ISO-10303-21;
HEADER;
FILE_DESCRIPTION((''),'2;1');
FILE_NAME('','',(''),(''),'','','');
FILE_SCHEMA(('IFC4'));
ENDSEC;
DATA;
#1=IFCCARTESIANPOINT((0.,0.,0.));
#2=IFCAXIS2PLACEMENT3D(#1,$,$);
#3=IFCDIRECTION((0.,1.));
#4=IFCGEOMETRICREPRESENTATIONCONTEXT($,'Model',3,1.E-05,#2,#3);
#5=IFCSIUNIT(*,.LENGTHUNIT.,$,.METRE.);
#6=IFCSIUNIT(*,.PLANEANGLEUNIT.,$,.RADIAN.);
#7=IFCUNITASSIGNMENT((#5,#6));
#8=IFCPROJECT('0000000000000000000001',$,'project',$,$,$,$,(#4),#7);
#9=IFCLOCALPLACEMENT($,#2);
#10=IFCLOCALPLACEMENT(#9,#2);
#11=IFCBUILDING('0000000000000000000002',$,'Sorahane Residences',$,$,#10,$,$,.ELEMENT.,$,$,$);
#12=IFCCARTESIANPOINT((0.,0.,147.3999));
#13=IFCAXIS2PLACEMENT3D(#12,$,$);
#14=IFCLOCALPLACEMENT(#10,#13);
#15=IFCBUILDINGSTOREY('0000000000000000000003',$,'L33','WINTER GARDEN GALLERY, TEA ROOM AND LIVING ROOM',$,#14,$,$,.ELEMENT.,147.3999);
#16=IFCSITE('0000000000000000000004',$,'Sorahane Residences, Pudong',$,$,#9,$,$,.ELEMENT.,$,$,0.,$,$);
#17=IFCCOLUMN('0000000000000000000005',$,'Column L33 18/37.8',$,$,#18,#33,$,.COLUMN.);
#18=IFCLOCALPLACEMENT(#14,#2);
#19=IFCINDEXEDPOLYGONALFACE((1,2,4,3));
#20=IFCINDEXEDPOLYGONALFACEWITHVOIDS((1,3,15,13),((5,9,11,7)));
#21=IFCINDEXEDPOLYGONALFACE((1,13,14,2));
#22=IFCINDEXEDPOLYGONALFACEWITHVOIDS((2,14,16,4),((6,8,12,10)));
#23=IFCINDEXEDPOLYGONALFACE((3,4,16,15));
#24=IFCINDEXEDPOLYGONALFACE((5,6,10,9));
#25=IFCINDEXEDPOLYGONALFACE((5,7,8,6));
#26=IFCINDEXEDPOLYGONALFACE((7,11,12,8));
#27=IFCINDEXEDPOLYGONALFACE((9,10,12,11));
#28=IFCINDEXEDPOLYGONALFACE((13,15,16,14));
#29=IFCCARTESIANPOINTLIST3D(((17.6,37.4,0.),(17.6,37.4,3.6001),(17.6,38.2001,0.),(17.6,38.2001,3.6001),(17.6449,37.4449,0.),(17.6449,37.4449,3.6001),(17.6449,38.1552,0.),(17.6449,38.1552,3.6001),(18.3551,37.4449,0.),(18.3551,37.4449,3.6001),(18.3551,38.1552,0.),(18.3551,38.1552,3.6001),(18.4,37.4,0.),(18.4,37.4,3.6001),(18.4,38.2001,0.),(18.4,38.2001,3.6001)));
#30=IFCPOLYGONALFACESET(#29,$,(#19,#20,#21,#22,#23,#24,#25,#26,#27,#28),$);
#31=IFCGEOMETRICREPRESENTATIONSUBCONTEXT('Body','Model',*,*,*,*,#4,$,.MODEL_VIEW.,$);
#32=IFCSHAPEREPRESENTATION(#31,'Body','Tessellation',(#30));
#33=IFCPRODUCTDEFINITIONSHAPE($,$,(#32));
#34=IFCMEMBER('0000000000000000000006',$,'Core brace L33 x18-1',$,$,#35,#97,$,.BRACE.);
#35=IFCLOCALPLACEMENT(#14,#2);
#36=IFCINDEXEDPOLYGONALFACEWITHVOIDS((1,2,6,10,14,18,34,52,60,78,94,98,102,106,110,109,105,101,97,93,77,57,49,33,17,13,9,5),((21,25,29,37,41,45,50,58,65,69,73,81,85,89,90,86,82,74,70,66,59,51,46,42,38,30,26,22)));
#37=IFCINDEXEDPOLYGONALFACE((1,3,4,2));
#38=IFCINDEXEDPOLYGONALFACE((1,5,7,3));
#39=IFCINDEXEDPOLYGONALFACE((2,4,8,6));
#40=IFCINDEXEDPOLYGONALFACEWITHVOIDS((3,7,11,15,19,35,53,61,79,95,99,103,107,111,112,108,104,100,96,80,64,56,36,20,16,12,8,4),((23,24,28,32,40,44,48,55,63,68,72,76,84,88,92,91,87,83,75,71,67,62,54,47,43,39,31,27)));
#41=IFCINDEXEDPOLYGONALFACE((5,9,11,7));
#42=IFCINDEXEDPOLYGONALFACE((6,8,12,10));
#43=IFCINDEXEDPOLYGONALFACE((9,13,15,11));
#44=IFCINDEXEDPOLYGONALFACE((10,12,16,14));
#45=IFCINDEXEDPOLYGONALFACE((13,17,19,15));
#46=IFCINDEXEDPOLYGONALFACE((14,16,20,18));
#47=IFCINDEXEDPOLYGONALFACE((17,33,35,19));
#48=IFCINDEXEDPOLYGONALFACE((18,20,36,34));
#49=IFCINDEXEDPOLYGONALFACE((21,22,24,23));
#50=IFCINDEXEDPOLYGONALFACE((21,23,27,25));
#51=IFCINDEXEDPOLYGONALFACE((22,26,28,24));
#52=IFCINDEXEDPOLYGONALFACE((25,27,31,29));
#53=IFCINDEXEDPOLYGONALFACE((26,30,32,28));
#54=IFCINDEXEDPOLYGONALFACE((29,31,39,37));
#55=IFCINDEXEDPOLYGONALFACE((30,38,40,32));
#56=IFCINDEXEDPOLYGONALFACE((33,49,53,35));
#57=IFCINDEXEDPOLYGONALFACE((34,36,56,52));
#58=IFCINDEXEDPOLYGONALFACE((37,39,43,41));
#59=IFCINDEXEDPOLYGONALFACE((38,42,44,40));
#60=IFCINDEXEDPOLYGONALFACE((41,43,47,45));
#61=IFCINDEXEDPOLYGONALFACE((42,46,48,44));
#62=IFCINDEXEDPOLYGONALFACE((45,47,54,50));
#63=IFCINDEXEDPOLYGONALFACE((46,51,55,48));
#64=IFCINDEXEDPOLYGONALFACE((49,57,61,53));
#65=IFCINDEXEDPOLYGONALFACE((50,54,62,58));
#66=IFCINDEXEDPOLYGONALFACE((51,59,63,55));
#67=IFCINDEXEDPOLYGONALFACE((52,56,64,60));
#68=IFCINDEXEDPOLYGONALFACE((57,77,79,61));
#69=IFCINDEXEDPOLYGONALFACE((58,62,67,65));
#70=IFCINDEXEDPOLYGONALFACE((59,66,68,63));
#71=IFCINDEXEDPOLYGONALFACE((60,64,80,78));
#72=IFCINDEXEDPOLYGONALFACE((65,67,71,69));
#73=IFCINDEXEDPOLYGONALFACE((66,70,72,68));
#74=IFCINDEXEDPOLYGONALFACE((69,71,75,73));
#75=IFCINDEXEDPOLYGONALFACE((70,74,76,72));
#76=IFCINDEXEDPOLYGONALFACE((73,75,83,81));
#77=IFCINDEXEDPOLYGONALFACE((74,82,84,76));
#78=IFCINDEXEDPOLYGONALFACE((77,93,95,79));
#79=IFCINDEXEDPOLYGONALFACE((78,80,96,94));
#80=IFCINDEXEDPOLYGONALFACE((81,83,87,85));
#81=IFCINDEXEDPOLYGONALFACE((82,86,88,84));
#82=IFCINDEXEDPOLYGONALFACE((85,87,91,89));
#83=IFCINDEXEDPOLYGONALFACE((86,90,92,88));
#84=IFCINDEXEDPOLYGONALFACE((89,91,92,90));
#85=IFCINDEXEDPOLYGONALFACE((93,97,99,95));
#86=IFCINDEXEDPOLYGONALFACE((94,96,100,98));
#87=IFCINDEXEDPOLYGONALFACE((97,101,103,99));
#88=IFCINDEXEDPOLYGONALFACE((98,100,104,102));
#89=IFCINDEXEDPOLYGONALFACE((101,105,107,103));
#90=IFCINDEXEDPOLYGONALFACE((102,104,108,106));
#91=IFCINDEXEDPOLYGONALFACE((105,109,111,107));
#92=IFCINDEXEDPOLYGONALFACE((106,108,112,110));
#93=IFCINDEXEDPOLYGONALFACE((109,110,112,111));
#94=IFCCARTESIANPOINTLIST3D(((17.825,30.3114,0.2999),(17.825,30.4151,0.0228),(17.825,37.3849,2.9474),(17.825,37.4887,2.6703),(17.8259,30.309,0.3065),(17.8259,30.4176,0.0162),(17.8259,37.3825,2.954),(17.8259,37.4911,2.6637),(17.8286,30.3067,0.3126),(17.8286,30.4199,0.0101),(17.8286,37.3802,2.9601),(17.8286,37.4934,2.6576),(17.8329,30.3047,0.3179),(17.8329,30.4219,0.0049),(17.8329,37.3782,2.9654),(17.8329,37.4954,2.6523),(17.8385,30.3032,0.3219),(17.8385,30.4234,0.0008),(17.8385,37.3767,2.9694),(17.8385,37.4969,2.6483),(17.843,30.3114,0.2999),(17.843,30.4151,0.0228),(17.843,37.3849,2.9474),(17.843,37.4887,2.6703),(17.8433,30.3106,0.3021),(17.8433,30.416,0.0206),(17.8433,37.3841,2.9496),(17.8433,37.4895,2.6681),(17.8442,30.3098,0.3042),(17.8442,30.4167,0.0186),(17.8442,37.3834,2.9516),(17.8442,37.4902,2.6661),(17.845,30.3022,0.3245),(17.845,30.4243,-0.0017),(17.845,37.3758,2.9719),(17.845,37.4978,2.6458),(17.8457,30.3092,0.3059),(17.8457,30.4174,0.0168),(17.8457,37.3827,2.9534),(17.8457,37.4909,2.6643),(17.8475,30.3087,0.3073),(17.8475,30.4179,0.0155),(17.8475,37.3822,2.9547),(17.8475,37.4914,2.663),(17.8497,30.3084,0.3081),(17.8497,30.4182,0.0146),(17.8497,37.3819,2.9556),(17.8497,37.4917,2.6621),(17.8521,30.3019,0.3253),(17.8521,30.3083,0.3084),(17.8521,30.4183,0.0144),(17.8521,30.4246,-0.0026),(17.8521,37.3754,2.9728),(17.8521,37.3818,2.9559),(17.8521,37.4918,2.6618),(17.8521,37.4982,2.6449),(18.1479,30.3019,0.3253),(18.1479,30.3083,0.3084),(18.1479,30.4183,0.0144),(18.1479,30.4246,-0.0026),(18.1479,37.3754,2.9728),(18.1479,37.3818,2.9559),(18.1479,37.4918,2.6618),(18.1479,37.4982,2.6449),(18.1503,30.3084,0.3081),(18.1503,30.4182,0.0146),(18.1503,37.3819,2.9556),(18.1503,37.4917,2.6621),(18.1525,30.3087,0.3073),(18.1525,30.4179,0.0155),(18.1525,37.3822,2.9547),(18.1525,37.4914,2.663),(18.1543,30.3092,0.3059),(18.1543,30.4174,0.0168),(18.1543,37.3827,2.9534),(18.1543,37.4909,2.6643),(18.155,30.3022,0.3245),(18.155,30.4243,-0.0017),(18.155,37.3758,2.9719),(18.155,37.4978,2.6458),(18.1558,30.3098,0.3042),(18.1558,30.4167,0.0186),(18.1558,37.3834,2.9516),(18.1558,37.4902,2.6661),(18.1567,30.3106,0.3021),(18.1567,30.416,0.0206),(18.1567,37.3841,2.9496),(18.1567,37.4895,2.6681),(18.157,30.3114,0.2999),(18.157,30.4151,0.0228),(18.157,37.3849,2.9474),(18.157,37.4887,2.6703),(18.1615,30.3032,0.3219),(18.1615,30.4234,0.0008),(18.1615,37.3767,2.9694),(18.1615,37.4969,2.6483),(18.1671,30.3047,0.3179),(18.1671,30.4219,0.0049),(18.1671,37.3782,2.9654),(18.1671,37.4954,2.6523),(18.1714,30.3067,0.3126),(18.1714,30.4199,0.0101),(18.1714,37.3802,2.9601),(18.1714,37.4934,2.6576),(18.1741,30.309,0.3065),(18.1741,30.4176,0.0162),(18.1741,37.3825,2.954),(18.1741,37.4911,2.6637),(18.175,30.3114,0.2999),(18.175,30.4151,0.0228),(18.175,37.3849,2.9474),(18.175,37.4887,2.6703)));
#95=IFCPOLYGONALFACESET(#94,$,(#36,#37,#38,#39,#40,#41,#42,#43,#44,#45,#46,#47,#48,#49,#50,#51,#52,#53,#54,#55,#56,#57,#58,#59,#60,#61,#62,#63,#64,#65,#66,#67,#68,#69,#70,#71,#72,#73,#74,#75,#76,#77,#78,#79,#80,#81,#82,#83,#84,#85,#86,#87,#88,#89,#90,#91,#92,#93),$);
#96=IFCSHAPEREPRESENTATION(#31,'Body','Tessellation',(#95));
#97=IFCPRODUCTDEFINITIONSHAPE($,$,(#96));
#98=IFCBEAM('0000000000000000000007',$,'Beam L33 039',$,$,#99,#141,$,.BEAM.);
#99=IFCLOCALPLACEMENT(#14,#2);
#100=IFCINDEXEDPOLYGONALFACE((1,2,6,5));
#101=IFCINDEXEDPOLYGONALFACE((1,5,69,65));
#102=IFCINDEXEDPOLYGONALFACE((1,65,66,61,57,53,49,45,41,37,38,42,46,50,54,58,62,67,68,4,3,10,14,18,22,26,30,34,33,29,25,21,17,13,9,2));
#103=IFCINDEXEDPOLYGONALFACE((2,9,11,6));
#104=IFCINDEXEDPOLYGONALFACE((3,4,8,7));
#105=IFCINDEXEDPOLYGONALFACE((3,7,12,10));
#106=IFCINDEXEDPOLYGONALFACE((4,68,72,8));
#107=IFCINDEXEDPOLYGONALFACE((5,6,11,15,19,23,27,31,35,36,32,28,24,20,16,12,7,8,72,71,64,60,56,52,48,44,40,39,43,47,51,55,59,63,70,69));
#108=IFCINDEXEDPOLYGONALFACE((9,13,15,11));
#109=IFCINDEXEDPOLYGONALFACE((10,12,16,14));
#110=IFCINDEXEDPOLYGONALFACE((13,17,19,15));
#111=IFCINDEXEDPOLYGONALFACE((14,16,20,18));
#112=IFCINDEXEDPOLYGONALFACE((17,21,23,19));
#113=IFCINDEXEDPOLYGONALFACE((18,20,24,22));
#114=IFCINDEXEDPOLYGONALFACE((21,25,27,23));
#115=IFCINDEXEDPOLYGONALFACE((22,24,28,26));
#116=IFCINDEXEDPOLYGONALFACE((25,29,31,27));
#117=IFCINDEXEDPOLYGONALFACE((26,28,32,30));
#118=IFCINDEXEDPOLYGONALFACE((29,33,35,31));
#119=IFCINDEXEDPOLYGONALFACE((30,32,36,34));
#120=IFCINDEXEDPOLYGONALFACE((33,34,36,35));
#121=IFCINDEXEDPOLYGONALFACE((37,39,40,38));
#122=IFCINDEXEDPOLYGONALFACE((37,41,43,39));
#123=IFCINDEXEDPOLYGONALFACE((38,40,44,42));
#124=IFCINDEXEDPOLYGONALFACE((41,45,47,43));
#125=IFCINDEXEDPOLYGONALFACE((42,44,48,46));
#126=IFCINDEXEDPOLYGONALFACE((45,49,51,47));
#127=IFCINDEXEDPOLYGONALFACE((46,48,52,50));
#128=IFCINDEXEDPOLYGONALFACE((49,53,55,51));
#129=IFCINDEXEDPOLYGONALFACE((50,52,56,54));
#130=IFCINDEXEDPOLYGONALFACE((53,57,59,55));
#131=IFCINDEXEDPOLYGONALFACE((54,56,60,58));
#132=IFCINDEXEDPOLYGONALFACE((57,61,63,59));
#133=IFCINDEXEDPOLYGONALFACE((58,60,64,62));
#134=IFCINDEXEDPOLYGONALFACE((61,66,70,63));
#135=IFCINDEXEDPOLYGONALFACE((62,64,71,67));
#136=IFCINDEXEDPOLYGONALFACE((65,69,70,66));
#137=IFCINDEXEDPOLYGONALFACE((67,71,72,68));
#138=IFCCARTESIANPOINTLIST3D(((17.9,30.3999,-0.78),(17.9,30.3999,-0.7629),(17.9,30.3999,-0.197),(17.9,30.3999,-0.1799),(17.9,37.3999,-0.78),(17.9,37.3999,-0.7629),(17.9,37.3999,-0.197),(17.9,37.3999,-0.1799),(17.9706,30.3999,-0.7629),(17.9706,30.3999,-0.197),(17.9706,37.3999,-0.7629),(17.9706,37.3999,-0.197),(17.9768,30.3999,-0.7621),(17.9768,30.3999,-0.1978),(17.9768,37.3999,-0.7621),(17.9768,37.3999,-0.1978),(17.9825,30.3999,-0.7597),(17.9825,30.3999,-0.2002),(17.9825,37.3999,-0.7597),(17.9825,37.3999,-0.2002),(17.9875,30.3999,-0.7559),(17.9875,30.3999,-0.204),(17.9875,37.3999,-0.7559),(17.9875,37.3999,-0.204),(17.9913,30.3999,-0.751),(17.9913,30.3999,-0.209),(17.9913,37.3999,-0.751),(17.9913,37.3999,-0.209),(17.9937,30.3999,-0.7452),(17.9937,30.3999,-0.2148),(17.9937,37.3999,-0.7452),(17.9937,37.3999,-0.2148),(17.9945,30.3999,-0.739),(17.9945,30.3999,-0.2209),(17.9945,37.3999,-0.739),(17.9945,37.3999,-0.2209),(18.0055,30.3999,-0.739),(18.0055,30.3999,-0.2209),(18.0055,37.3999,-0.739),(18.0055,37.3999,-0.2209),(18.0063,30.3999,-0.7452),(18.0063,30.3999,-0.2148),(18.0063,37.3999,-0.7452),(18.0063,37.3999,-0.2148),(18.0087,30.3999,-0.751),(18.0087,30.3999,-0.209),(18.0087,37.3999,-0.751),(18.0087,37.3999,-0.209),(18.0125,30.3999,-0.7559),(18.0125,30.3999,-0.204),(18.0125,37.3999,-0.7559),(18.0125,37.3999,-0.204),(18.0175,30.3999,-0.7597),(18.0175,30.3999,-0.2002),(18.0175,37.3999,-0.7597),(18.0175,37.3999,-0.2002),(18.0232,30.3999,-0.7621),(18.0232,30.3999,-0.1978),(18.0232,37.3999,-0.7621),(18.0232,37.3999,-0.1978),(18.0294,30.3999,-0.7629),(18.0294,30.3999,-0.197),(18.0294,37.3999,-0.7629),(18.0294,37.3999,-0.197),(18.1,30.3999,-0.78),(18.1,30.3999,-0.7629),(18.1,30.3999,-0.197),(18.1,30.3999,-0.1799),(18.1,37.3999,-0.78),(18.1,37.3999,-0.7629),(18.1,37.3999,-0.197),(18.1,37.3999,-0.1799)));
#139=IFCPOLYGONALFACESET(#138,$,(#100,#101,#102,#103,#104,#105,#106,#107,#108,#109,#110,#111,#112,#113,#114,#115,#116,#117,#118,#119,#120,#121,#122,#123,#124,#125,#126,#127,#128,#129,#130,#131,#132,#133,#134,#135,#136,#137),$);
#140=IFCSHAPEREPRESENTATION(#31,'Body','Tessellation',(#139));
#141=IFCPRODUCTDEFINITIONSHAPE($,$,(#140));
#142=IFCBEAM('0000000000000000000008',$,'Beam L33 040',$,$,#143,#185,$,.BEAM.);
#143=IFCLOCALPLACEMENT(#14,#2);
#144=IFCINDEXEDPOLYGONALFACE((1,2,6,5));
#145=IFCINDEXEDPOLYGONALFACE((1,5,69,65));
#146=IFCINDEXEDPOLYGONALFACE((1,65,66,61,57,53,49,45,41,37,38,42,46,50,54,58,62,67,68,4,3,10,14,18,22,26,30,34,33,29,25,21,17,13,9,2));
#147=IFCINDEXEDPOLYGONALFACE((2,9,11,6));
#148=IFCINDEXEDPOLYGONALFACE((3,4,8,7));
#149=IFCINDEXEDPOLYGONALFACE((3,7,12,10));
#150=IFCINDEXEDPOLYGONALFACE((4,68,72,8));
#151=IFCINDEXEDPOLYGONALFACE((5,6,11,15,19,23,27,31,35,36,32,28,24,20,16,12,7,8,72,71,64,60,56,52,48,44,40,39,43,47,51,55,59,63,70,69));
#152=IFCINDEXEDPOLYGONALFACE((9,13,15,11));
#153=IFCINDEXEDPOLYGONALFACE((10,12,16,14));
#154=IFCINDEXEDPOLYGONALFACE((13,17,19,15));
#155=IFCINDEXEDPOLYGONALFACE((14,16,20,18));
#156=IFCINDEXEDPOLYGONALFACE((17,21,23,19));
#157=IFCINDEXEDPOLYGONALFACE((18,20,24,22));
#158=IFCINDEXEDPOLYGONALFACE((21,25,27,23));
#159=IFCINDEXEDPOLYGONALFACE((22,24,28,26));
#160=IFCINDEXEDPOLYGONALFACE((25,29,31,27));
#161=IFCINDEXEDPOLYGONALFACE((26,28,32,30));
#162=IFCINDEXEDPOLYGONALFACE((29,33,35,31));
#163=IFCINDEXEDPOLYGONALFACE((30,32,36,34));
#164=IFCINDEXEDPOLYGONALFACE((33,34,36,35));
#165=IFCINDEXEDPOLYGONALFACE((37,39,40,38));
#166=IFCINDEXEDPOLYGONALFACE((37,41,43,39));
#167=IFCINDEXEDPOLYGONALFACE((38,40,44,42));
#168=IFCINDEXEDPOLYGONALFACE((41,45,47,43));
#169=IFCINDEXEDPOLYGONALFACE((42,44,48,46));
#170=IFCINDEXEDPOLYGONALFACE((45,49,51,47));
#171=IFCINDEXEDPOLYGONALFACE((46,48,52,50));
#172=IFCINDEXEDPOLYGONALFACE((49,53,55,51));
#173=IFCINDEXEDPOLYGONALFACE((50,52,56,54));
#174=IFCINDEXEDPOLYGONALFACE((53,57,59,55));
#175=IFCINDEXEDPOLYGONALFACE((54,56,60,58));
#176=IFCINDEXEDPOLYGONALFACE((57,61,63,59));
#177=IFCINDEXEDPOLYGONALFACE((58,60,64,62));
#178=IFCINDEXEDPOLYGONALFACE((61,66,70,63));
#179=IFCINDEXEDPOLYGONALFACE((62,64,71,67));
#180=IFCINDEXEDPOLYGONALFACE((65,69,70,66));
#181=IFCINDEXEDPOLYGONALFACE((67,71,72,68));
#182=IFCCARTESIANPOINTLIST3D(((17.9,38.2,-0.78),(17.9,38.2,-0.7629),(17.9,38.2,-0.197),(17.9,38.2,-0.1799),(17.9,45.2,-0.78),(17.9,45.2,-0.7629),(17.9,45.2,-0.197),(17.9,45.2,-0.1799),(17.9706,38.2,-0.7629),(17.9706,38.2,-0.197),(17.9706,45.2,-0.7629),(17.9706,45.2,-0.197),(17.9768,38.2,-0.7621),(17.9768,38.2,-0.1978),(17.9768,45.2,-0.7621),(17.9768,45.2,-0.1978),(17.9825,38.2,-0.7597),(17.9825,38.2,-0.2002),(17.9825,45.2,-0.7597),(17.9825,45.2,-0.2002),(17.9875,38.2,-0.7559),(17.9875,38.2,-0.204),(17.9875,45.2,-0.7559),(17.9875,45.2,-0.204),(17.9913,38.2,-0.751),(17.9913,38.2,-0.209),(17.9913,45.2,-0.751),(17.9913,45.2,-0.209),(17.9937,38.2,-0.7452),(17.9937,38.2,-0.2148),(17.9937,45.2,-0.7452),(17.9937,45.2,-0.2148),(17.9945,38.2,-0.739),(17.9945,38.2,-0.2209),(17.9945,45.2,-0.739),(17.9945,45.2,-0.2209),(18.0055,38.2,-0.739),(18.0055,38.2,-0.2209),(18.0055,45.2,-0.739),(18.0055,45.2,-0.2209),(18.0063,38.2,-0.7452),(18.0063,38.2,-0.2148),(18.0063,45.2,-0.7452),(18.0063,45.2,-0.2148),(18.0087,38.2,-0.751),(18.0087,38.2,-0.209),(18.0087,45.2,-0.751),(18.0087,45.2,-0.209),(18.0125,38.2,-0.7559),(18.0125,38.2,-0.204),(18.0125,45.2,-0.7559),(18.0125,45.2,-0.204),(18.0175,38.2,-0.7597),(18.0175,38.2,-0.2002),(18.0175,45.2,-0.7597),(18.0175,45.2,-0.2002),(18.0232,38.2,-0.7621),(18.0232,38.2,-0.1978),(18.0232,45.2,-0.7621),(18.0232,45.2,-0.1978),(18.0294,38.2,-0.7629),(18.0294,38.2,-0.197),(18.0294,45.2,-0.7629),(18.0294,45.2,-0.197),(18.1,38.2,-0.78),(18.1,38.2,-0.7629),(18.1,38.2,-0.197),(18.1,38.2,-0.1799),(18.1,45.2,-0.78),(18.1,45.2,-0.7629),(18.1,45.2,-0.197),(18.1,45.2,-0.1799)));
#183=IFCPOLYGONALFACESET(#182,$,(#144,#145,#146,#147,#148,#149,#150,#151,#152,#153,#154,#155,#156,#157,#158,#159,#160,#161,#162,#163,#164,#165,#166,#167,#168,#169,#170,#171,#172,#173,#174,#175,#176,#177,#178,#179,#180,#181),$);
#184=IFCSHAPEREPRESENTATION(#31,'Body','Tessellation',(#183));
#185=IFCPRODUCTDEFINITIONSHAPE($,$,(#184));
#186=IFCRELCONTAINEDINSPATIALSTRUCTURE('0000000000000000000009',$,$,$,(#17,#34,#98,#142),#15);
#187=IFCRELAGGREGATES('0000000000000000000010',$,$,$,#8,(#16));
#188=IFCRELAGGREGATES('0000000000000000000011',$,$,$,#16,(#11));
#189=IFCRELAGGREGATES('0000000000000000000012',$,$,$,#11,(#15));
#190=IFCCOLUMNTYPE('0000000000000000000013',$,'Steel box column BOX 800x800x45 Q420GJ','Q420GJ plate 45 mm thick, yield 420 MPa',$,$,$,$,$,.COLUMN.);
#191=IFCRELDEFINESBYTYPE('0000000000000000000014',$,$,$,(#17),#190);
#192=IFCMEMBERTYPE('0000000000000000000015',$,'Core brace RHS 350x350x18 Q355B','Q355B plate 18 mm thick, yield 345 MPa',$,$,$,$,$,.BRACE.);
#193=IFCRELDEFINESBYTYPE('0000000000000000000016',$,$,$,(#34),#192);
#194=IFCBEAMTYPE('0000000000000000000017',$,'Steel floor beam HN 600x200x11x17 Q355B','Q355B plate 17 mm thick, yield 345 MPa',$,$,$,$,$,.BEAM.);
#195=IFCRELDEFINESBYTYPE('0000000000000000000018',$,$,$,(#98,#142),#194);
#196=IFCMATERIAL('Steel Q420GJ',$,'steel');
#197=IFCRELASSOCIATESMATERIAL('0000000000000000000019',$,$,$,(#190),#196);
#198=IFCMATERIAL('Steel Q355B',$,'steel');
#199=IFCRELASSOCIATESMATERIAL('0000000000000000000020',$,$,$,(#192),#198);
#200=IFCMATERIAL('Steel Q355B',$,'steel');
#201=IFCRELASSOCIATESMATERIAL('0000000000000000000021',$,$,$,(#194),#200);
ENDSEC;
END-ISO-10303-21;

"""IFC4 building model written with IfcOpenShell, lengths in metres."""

from ifc_helpers import new_model, si_unit, direction, frame, origin, origin_2d, place, context, subcontext, project, spatial, hollow_rectangle, i_section, extrude, material, material_profile, profile_set, type_object, element, save


model = new_model("IFC4")

# Units and contexts
model_context = context("Model", 3, precision=1e-05, world=origin(), true_north=direction((0.0, 1.0)))
body_context = subcontext(model_context, "Body", "Model", "MODEL_VIEW")
ifc_project = project(units=[si_unit("LENGTHUNIT", "METRE"), si_unit("PLANEANGLEUNIT", "RADIAN")], contexts=[model_context])

# Site, building, storey
site_placement = place(None, origin())
site = spatial("IfcSite", under=ifc_project, at=site_placement, Name="Sorahane Residences, Pudong", CompositionType="ELEMENT", RefElevation=0.0)
building_placement = place(site_placement, origin())
building = spatial("IfcBuilding", under=site, at=building_placement, Name="Sorahane Residences", CompositionType="ELEMENT")
storey_placement = place(building_placement, frame((0.0, 0.0, 147.3999)))
storey = spatial("IfcBuildingStorey", under=building, at=storey_placement, Name="L33", Description="WINTER GARDEN GALLERY, TEA ROOM AND LIVING ROOM", CompositionType="ELEMENT", Elevation=147.3999)

# Column
ifc_material_1 = material(Name="Steel Q420GJ", Category="steel")
ifc_material_profile_1 = material_profile(ifc_material_1, hollow_rectangle(XDim=0.8, YDim=0.8, WallThickness=0.0449, at=origin_2d()), Name="BOX 800x800x45")
ifc_profile_set_1 = profile_set([ifc_material_profile_1], Name="Steel Q420GJ")
column_type = type_object("IfcColumnType", Name="Steel box column BOX 800x800x45 Q420GJ", Description="Q420GJ plate 45 mm thick, yield 420 MPa", PredefinedType="COLUMN", material=ifc_profile_set_1)
column_placement = place(storey_placement, frame((18.0, 37.8, 0.0), z_axis=(0.0, 0.0, 1.0), x_axis=(1.0, 0.0, 0.0)))
element("IfcColumn", 1, at=column_placement, inside=storey, type_object=column_type, Name="Column L33 18/37.8", PredefinedType="COLUMN", context=body_context, shape_type="SweptSolid", body=[
    extrude(hollow_rectangle(XDim=0.8, YDim=0.8, WallThickness=0.0449, at=origin_2d()), origin(), (0.0, 0.0, 1.0), 3.6001),
])

# Member
ifc_material_2 = material(Name="Steel Q355B", Category="steel")
ifc_material_profile_2 = material_profile(ifc_material_2, hollow_rectangle(XDim=0.3501, YDim=0.3501, WallThickness=0.0181, InnerFilletRadius=0.009, OuterFilletRadius=0.0271, at=origin_2d()), Name="RHS 350x350x18")
ifc_profile_set_2 = profile_set([ifc_material_profile_2], Name="Steel Q355B")
member_type = type_object("IfcMemberType", Name="Core brace RHS 350x350x18 Q355B", Description="Q355B plate 18 mm thick, yield 345 MPa", PredefinedType="BRACE", material=ifc_profile_set_2)
member_placement = place(storey_placement, frame((18.0, 30.3633, 0.1614), z_axis=(0.0, 0.936551, 0.350532), x_axis=(-1.0, 0.0, 0.0)))
element("IfcMember", 2, at=member_placement, inside=storey, type_object=member_type, Name="Core brace L33 x18-1", PredefinedType="BRACE", context=body_context, shape_type="SweptSolid", body=[
    extrude(hollow_rectangle(XDim=0.3501, YDim=0.3501, WallThickness=0.0181, InnerFilletRadius=0.009, OuterFilletRadius=0.0271, at=origin_2d()), origin(), (0.0, 0.0, 1.0), 7.5527),
])

# Beams
ifc_material_3 = material(Name="Steel Q355B", Category="steel")
ifc_material_profile_3 = material_profile(ifc_material_3, i_section(OverallWidth=0.2, OverallDepth=0.6001, WebThickness=0.011, FlangeThickness=0.0171, FilletRadius=0.0239, at=origin_2d()), Name="HN 600x200x11x17")
ifc_profile_set_3 = profile_set([ifc_material_profile_3], Name="Steel Q355B")
beam_type = type_object("IfcBeamType", Name="Steel floor beam HN 600x200x11x17 Q355B", Description="Q355B plate 17 mm thick, yield 345 MPa", PredefinedType="BEAM", material=ifc_profile_set_3)
for number, where, z_axis, x_axis, name in (
    (3, (18.0, 30.3999, -0.48), (0.0, 1.0, 0.0), (-1.0, 0.0, 0.0), "Beam L33 039"),
    (4, (18.0, 38.2, -0.48), (0.0, 1.0, 0.0), (-1.0, 0.0, 0.0), "Beam L33 040"),
):
    element("IfcBeam", number, at=place(storey_placement, frame(where, z_axis=z_axis, x_axis=x_axis)), inside=storey, type_object=beam_type, Name=name, PredefinedType="BEAM", context=body_context, shape_type="SweptSolid", body=[
        extrude(i_section(OverallWidth=0.2, OverallDepth=0.6001, WebThickness=0.011, FlangeThickness=0.0171, FilletRadius=0.0239, at=origin_2d()), origin(), (0.0, 0.0, 1.0), 7.0),
    ])

save(model, "model.ifc")
